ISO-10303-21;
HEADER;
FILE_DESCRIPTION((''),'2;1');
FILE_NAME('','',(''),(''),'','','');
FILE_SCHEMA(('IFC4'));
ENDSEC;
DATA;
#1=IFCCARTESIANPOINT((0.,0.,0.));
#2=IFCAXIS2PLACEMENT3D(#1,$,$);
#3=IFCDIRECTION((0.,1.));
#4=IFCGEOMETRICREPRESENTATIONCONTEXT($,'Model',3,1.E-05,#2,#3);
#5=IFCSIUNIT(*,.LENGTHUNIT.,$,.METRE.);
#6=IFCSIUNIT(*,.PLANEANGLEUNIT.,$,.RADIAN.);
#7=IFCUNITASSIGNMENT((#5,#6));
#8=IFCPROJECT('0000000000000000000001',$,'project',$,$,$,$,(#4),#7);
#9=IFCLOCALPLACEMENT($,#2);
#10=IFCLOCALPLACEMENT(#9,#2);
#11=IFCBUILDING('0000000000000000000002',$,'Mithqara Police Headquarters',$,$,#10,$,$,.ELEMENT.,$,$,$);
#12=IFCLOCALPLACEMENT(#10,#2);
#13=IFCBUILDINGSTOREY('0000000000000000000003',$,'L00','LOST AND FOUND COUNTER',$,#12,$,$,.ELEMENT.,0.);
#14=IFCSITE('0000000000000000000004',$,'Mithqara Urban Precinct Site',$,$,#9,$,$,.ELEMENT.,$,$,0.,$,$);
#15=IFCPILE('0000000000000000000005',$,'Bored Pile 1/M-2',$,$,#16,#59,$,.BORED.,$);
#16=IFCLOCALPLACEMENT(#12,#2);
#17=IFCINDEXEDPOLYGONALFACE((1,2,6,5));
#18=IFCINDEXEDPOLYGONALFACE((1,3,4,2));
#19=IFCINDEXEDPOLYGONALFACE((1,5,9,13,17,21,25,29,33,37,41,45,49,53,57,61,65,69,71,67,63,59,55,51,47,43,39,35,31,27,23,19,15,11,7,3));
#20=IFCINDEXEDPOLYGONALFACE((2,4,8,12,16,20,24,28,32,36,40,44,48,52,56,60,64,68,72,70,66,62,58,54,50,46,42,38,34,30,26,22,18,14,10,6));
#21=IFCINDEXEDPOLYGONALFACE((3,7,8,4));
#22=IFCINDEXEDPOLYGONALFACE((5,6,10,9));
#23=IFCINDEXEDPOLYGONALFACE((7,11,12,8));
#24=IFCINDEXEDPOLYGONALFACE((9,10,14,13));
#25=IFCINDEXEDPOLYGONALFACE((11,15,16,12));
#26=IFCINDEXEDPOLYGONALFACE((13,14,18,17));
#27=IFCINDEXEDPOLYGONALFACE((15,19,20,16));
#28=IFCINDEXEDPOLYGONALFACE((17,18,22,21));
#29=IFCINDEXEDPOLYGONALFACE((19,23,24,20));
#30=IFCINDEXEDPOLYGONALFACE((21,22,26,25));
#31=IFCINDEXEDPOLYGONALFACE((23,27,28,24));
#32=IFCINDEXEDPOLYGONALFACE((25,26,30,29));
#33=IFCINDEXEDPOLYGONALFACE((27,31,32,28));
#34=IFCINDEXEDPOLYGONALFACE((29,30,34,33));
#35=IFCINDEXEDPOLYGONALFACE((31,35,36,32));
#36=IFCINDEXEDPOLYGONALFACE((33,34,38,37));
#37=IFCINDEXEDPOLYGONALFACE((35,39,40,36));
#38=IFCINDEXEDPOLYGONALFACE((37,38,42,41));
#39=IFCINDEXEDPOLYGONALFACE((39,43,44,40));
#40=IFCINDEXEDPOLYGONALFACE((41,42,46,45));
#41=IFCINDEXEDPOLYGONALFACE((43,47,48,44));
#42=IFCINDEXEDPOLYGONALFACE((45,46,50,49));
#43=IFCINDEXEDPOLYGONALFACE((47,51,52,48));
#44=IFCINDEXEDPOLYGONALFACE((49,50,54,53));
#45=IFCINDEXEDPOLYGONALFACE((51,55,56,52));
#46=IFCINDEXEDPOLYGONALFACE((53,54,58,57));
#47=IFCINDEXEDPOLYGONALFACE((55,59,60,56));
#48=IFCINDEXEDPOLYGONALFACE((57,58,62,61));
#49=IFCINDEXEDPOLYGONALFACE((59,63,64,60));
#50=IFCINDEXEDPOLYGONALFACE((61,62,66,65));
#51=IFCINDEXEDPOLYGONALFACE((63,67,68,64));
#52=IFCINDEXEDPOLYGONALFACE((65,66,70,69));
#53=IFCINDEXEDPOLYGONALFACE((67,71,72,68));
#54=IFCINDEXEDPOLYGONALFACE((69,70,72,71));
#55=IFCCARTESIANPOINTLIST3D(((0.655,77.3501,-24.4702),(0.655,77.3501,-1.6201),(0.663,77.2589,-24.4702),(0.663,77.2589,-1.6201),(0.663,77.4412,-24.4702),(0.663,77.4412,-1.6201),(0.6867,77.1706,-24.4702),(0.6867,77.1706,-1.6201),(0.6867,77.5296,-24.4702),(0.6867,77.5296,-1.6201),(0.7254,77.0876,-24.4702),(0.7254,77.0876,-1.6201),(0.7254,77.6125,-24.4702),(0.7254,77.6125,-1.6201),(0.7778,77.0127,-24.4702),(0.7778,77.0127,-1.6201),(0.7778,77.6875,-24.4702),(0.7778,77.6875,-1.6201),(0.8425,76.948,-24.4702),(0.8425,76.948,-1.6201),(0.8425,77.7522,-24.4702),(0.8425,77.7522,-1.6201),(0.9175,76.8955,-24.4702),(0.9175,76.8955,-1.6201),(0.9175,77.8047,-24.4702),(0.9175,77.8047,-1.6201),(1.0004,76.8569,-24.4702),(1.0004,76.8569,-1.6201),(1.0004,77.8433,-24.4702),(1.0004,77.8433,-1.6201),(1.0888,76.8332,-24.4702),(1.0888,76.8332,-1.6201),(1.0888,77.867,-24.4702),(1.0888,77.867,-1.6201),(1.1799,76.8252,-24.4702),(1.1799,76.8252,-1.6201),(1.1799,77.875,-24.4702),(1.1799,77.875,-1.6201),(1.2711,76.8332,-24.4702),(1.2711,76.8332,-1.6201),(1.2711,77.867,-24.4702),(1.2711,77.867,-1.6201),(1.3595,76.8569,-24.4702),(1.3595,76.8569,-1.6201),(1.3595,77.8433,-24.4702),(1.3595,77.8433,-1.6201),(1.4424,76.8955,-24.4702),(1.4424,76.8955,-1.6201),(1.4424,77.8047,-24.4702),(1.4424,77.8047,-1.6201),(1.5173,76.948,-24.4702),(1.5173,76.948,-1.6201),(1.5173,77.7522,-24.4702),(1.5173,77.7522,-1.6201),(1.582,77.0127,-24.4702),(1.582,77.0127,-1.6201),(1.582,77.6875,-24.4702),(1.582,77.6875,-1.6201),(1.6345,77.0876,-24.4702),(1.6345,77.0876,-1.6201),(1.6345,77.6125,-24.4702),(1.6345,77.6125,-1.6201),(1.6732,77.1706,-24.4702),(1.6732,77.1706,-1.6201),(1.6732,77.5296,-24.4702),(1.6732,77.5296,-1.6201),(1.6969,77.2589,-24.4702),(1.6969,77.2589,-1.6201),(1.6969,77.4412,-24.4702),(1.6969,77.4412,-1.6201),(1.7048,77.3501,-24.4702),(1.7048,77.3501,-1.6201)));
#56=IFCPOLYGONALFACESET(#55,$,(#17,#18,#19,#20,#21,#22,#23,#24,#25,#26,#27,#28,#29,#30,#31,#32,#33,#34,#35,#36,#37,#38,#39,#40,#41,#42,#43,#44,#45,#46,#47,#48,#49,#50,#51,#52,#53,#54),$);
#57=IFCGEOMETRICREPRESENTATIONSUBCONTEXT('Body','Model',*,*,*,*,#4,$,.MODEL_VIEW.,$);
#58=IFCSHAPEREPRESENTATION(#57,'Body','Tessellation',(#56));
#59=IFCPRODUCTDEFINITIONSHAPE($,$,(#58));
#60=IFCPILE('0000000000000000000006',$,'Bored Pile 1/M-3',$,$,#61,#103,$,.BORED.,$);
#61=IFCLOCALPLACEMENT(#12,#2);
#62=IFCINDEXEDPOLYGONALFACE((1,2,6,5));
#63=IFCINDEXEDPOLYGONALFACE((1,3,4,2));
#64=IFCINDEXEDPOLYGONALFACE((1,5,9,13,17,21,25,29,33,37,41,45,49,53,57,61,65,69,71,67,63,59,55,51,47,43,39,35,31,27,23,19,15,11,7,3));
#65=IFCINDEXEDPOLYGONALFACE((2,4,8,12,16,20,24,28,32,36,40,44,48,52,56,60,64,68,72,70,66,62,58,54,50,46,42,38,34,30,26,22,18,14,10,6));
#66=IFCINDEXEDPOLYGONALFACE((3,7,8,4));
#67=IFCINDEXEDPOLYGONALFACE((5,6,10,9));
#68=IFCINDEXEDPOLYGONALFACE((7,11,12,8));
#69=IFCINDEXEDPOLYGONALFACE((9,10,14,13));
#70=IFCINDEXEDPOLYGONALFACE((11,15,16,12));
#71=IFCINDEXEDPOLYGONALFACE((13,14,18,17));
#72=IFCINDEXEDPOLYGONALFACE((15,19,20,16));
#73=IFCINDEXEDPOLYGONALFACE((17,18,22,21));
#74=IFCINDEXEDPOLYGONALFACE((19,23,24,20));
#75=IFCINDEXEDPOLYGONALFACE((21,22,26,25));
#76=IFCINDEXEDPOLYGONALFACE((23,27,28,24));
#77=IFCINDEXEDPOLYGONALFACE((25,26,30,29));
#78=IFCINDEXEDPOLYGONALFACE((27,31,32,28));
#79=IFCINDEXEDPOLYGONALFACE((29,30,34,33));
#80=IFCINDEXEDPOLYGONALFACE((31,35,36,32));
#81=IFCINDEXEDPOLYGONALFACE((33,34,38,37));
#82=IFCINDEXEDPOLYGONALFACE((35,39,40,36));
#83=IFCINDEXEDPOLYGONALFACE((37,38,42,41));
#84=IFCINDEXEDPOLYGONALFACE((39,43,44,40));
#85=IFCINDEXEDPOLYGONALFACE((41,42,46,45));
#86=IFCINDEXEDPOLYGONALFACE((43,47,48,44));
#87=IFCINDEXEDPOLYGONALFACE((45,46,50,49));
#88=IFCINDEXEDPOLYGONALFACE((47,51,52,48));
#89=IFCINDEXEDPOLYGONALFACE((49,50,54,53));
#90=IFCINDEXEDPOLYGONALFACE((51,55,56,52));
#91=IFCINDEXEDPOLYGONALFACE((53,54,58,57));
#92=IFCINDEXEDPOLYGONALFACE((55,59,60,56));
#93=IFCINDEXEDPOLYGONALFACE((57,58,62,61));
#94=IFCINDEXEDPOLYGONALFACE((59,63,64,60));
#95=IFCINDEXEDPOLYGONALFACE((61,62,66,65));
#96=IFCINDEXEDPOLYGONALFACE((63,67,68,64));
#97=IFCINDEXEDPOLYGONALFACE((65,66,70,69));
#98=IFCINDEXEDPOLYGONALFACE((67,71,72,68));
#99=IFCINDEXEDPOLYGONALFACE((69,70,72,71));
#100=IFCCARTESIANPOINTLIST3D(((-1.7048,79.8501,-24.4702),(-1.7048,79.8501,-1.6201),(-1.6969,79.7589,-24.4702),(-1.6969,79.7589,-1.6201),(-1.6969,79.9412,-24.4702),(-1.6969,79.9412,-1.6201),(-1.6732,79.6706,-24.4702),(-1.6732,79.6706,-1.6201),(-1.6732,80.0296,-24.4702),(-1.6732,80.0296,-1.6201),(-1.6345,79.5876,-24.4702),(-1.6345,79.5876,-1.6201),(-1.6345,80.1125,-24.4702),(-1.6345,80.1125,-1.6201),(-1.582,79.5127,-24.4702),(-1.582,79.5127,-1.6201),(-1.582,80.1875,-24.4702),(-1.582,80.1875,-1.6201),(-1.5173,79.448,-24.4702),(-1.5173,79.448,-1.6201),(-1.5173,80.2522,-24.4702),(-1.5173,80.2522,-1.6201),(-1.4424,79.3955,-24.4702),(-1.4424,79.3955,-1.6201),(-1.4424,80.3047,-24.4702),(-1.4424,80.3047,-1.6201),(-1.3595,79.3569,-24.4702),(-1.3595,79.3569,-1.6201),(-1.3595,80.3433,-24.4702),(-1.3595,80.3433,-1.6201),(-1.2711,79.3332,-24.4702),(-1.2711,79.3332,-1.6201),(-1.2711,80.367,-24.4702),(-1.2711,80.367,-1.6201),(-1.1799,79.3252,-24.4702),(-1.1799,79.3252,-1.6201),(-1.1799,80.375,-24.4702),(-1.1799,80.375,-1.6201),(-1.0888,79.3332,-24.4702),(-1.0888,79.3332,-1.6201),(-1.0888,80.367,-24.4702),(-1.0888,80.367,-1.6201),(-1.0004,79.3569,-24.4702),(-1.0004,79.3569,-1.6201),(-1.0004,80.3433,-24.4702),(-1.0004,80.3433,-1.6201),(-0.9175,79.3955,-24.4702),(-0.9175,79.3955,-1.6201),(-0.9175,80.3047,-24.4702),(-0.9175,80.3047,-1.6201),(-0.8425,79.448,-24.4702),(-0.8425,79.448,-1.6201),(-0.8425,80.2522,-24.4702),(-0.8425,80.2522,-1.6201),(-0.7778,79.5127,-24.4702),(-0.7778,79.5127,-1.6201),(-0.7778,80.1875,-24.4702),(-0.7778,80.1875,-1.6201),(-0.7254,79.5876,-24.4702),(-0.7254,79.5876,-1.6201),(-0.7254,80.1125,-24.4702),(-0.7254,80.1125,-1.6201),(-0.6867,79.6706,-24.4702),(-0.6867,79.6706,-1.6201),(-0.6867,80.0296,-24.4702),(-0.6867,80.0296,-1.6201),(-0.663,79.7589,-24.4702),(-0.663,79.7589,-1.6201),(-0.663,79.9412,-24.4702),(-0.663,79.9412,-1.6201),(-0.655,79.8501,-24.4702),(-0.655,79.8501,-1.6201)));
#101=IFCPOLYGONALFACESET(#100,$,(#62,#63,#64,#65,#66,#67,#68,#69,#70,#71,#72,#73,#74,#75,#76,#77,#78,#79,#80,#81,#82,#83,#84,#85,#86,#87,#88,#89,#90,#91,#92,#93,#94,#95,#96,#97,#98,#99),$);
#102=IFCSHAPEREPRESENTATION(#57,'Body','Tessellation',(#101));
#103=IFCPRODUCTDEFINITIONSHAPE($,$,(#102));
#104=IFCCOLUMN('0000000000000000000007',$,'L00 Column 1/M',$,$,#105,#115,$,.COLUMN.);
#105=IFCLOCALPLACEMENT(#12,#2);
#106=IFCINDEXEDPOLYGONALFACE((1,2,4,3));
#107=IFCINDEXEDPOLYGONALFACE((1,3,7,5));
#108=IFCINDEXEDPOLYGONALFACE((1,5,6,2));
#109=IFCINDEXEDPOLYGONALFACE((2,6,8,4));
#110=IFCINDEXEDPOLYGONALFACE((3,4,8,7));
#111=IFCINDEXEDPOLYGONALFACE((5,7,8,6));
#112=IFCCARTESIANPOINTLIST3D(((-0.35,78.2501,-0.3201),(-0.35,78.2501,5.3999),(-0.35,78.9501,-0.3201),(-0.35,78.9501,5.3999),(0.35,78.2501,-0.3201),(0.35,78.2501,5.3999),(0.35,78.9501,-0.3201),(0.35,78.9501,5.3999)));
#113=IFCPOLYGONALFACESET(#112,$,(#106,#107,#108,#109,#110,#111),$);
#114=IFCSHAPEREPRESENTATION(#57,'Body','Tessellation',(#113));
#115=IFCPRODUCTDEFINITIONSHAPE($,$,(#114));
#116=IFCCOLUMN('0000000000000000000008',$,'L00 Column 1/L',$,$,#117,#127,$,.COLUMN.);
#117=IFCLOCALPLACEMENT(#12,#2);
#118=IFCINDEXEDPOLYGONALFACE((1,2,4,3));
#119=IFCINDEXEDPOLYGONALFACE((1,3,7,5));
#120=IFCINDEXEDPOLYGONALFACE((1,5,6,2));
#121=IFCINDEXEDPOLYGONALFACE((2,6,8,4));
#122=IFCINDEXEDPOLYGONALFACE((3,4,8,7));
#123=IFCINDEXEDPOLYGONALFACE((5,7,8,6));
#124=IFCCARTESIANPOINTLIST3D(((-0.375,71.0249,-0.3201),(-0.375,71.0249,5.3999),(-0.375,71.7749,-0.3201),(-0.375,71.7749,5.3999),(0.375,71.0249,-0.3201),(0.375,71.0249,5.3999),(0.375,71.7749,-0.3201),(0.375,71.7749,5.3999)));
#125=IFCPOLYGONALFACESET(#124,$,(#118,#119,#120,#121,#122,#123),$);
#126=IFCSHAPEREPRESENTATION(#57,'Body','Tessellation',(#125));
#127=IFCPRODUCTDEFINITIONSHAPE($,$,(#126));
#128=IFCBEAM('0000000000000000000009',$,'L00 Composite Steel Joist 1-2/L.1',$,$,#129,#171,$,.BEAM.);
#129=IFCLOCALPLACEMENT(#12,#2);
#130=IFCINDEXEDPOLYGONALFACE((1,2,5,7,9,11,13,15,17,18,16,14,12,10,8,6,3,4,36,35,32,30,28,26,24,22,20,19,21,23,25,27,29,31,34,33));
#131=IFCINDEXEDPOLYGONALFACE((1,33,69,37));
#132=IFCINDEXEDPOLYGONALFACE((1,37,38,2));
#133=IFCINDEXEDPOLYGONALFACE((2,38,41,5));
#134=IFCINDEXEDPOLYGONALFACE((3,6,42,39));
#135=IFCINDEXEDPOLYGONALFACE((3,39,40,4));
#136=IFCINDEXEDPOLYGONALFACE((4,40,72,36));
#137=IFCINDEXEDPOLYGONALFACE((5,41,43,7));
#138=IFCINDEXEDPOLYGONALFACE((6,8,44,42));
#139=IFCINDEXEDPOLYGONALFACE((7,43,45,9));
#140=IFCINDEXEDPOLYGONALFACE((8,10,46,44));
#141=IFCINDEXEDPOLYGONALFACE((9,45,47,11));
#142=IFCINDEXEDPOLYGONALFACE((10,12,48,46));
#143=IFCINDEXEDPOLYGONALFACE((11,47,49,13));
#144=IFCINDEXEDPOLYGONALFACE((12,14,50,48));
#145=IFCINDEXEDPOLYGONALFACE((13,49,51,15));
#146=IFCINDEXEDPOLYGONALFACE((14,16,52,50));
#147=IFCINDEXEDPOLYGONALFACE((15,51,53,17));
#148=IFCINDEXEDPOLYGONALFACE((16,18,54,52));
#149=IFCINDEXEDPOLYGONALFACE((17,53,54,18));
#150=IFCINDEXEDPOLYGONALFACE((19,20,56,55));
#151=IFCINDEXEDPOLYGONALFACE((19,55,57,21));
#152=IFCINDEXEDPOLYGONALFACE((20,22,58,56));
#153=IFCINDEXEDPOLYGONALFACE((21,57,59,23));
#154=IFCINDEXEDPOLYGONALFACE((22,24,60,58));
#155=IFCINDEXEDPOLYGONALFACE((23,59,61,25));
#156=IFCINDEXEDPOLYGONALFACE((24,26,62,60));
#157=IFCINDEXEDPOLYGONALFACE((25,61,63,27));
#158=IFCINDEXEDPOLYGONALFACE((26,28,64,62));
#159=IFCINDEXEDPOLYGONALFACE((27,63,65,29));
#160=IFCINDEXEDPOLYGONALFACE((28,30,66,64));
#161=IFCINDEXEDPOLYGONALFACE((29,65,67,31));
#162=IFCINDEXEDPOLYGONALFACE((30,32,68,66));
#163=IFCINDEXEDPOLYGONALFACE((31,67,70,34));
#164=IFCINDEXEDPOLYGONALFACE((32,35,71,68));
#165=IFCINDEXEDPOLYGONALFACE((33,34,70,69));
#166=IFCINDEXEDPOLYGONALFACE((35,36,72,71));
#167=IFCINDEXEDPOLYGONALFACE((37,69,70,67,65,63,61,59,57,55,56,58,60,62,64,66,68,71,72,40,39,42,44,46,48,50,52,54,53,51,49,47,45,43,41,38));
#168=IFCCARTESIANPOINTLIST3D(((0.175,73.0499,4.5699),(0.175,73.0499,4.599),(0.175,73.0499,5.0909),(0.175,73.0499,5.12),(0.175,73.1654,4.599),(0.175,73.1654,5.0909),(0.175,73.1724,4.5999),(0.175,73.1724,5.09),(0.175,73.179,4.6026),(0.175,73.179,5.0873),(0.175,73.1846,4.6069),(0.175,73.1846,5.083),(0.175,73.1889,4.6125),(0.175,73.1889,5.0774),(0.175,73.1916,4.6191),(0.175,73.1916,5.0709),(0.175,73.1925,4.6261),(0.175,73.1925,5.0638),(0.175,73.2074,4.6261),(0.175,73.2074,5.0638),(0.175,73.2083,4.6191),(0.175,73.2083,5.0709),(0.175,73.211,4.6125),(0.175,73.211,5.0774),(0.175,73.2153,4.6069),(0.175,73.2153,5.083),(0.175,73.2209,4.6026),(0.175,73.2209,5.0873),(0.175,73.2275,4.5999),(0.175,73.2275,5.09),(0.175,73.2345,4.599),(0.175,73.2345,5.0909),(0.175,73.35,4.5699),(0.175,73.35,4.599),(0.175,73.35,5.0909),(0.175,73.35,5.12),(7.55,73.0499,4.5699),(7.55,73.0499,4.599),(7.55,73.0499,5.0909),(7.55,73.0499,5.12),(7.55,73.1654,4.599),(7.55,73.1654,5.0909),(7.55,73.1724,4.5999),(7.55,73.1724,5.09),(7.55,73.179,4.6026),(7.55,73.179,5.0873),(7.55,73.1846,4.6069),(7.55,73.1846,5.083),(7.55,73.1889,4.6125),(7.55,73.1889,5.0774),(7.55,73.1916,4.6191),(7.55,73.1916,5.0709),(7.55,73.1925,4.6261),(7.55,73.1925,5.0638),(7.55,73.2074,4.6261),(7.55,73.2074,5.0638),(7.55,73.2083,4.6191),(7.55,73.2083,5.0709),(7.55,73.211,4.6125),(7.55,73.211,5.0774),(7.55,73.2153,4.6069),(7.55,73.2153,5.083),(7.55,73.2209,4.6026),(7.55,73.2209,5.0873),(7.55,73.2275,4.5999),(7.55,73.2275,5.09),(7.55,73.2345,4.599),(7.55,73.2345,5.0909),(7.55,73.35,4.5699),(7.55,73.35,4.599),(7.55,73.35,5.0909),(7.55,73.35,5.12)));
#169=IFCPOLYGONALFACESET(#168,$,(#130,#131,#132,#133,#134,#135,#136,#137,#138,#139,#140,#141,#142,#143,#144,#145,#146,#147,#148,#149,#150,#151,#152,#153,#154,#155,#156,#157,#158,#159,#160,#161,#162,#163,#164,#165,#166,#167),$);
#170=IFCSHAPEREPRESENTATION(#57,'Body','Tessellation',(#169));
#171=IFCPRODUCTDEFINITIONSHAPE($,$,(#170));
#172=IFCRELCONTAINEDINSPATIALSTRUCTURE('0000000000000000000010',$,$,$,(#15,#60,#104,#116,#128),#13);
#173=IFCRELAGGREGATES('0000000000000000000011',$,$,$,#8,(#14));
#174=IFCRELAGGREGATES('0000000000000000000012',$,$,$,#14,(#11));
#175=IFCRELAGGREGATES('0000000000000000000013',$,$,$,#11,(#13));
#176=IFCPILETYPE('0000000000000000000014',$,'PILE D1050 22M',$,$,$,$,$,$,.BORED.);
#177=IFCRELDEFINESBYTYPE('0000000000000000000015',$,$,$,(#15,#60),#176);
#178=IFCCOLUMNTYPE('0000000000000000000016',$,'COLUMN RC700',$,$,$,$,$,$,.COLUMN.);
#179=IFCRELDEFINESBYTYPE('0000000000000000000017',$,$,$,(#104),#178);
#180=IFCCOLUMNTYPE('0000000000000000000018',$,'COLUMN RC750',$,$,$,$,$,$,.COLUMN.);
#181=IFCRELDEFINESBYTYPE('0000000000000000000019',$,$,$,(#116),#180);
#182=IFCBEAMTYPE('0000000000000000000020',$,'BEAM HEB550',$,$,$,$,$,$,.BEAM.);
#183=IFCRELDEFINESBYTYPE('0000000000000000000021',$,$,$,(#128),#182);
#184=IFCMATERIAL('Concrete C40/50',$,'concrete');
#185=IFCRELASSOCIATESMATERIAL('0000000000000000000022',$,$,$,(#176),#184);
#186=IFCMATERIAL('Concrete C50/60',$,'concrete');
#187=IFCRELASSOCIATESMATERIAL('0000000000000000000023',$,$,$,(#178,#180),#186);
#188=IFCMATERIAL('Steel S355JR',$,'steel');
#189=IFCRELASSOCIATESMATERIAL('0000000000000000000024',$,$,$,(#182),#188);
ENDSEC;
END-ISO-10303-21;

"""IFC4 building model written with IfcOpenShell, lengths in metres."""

from ifc_helpers import new_model, si_unit, direction, frame, origin, origin_2d, place, context, subcontext, project, spatial, rectangle, circle, i_section, extrude, material, material_profile, profile_set, type_object, element, save


model = new_model("IFC4")

# Units and contexts
model_context = context("Model", 3, precision=1e-05, world=origin(), true_north=direction((0.0, 1.0)))
body_context = subcontext(model_context, "Body", "Model", "MODEL_VIEW")
ifc_project = project(units=[si_unit("LENGTHUNIT", "METRE"), si_unit("PLANEANGLEUNIT", "RADIAN")], contexts=[model_context])

# Site, building, storey
site_placement = place(None, origin())
site = spatial("IfcSite", under=ifc_project, at=site_placement, Name="Mithqara Urban Precinct Site", CompositionType="ELEMENT", RefElevation=0.0)
building_placement = place(site_placement, origin())
building = spatial("IfcBuilding", under=site, at=building_placement, Name="Mithqara Police Headquarters", CompositionType="ELEMENT")
storey_placement = place(building_placement, origin())
storey = spatial("IfcBuildingStorey", under=building, at=storey_placement, Name="L00", Description="LOST AND FOUND COUNTER", CompositionType="ELEMENT", Elevation=0.0)

# Shared definitions
ifc_material_1 = material(Name="Concrete C40/50", Category="concrete")

# Piles
ifc_material_profile_1 = material_profile(ifc_material_1, circle(Radius=0.5249, at=origin_2d()), Name="PILE D1050")
ifc_profile_set_1 = profile_set([ifc_material_profile_1], Name="Concrete C40/50")
pile_type = type_object("IfcPileType", Name="PILE D1050 22M", PredefinedType="BORED", material=ifc_profile_set_1)
for number, where, z_axis, x_axis, name in (
    (1, (1.1799, 77.3501, -1.6201), (0.0, 0.0, -1.0), (1.0, 0.0, 0.0), "Bored Pile 1/M-2"),
    (2, (-1.1799, 79.8501, -1.6201), (0.0, 0.0, -1.0), (1.0, 0.0, 0.0), "Bored Pile 1/M-3"),
):
    element("IfcPile", number, at=place(storey_placement, frame(where, z_axis=z_axis, x_axis=x_axis)), inside=storey, type_object=pile_type, Name=name, PredefinedType="BORED", context=body_context, shape_type="SweptSolid", body=[
        extrude(circle(Radius=0.5249, at=origin_2d()), origin(), (0.0, 0.0, 1.0), 22.8501),
    ])

# Columns
ifc_material_2 = material(Name="Concrete C50/60", Category="concrete")
ifc_material_profile_2 = material_profile(ifc_material_2, rectangle(XDim=0.7, YDim=0.7, at=origin_2d()), Name="RC 700x700")
ifc_profile_set_2 = profile_set([ifc_material_profile_2], Name="Concrete C50/60")
column_type_1 = type_object("IfcColumnType", Name="COLUMN RC700", PredefinedType="COLUMN", material=ifc_profile_set_2)
column_1_placement = place(storey_placement, frame((0.0, 78.6001, -0.3201), z_axis=(0.0, 0.0, 1.0), x_axis=(1.0, 0.0, 0.0)))
element("IfcColumn", 3, at=column_1_placement, inside=storey, type_object=column_type_1, Name="L00 Column 1/M", PredefinedType="COLUMN", context=body_context, shape_type="SweptSolid", body=[
    extrude(rectangle(XDim=0.7, YDim=0.7, at=origin_2d()), origin(), (0.0, 0.0, 1.0), 5.72),
])
ifc_material_profile_3 = material_profile(ifc_material_2, rectangle(XDim=0.75, YDim=0.75, at=origin_2d()), Name="RC 750x750")
ifc_profile_set_3 = profile_set([ifc_material_profile_3], Name="Concrete C50/60")
column_type_2 = type_object("IfcColumnType", Name="COLUMN RC750", PredefinedType="COLUMN", material=ifc_profile_set_3)
column_2_placement = place(storey_placement, frame((0.0, 71.3999, -0.3201), z_axis=(0.0, 0.0, 1.0), x_axis=(1.0, 0.0, 0.0)))
element("IfcColumn", 4, at=column_2_placement, inside=storey, type_object=column_type_2, Name="L00 Column 1/L", PredefinedType="COLUMN", context=body_context, shape_type="SweptSolid", body=[
    extrude(rectangle(XDim=0.75, YDim=0.75, at=origin_2d()), origin(), (0.0, 0.0, 1.0), 5.72),
])

# Beam
ifc_material_3 = material(Name="Steel S355JR", Category="steel")
ifc_material_profile_4 = material_profile(ifc_material_3, i_section(OverallWidth=0.3, OverallDepth=0.55, WebThickness=0.0149, FlangeThickness=0.0291, FilletRadius=0.0271, at=origin_2d()), Name="HEB 550")
ifc_profile_set_4 = profile_set([ifc_material_profile_4], Name="Steel S355JR")
beam_type_1 = type_object("IfcBeamType", Name="BEAM HEB550", PredefinedType="BEAM", material=ifc_profile_set_4)
for number, where, z_axis, x_axis, name in (
    (5, (0.175, 73.2, 4.845), (1.0, 0.0, 0.0), (0.0, 1.0, 0.0), "L00 Composite Steel Joist 1-2/L.1"),
):
    element("IfcBeam", number, at=place(storey_placement, frame(where, z_axis=z_axis, x_axis=x_axis)), inside=storey, type_object=beam_type_1, Name=name, PredefinedType="BEAM", context=body_context, shape_type="SweptSolid", body=[
        extrude(i_section(OverallWidth=0.3, OverallDepth=0.55, WebThickness=0.0149, FlangeThickness=0.0291, FilletRadius=0.0271, at=origin_2d()), origin(), (0.0, 0.0, 1.0), 7.375),
    ])

save(model, "model.ifc")
